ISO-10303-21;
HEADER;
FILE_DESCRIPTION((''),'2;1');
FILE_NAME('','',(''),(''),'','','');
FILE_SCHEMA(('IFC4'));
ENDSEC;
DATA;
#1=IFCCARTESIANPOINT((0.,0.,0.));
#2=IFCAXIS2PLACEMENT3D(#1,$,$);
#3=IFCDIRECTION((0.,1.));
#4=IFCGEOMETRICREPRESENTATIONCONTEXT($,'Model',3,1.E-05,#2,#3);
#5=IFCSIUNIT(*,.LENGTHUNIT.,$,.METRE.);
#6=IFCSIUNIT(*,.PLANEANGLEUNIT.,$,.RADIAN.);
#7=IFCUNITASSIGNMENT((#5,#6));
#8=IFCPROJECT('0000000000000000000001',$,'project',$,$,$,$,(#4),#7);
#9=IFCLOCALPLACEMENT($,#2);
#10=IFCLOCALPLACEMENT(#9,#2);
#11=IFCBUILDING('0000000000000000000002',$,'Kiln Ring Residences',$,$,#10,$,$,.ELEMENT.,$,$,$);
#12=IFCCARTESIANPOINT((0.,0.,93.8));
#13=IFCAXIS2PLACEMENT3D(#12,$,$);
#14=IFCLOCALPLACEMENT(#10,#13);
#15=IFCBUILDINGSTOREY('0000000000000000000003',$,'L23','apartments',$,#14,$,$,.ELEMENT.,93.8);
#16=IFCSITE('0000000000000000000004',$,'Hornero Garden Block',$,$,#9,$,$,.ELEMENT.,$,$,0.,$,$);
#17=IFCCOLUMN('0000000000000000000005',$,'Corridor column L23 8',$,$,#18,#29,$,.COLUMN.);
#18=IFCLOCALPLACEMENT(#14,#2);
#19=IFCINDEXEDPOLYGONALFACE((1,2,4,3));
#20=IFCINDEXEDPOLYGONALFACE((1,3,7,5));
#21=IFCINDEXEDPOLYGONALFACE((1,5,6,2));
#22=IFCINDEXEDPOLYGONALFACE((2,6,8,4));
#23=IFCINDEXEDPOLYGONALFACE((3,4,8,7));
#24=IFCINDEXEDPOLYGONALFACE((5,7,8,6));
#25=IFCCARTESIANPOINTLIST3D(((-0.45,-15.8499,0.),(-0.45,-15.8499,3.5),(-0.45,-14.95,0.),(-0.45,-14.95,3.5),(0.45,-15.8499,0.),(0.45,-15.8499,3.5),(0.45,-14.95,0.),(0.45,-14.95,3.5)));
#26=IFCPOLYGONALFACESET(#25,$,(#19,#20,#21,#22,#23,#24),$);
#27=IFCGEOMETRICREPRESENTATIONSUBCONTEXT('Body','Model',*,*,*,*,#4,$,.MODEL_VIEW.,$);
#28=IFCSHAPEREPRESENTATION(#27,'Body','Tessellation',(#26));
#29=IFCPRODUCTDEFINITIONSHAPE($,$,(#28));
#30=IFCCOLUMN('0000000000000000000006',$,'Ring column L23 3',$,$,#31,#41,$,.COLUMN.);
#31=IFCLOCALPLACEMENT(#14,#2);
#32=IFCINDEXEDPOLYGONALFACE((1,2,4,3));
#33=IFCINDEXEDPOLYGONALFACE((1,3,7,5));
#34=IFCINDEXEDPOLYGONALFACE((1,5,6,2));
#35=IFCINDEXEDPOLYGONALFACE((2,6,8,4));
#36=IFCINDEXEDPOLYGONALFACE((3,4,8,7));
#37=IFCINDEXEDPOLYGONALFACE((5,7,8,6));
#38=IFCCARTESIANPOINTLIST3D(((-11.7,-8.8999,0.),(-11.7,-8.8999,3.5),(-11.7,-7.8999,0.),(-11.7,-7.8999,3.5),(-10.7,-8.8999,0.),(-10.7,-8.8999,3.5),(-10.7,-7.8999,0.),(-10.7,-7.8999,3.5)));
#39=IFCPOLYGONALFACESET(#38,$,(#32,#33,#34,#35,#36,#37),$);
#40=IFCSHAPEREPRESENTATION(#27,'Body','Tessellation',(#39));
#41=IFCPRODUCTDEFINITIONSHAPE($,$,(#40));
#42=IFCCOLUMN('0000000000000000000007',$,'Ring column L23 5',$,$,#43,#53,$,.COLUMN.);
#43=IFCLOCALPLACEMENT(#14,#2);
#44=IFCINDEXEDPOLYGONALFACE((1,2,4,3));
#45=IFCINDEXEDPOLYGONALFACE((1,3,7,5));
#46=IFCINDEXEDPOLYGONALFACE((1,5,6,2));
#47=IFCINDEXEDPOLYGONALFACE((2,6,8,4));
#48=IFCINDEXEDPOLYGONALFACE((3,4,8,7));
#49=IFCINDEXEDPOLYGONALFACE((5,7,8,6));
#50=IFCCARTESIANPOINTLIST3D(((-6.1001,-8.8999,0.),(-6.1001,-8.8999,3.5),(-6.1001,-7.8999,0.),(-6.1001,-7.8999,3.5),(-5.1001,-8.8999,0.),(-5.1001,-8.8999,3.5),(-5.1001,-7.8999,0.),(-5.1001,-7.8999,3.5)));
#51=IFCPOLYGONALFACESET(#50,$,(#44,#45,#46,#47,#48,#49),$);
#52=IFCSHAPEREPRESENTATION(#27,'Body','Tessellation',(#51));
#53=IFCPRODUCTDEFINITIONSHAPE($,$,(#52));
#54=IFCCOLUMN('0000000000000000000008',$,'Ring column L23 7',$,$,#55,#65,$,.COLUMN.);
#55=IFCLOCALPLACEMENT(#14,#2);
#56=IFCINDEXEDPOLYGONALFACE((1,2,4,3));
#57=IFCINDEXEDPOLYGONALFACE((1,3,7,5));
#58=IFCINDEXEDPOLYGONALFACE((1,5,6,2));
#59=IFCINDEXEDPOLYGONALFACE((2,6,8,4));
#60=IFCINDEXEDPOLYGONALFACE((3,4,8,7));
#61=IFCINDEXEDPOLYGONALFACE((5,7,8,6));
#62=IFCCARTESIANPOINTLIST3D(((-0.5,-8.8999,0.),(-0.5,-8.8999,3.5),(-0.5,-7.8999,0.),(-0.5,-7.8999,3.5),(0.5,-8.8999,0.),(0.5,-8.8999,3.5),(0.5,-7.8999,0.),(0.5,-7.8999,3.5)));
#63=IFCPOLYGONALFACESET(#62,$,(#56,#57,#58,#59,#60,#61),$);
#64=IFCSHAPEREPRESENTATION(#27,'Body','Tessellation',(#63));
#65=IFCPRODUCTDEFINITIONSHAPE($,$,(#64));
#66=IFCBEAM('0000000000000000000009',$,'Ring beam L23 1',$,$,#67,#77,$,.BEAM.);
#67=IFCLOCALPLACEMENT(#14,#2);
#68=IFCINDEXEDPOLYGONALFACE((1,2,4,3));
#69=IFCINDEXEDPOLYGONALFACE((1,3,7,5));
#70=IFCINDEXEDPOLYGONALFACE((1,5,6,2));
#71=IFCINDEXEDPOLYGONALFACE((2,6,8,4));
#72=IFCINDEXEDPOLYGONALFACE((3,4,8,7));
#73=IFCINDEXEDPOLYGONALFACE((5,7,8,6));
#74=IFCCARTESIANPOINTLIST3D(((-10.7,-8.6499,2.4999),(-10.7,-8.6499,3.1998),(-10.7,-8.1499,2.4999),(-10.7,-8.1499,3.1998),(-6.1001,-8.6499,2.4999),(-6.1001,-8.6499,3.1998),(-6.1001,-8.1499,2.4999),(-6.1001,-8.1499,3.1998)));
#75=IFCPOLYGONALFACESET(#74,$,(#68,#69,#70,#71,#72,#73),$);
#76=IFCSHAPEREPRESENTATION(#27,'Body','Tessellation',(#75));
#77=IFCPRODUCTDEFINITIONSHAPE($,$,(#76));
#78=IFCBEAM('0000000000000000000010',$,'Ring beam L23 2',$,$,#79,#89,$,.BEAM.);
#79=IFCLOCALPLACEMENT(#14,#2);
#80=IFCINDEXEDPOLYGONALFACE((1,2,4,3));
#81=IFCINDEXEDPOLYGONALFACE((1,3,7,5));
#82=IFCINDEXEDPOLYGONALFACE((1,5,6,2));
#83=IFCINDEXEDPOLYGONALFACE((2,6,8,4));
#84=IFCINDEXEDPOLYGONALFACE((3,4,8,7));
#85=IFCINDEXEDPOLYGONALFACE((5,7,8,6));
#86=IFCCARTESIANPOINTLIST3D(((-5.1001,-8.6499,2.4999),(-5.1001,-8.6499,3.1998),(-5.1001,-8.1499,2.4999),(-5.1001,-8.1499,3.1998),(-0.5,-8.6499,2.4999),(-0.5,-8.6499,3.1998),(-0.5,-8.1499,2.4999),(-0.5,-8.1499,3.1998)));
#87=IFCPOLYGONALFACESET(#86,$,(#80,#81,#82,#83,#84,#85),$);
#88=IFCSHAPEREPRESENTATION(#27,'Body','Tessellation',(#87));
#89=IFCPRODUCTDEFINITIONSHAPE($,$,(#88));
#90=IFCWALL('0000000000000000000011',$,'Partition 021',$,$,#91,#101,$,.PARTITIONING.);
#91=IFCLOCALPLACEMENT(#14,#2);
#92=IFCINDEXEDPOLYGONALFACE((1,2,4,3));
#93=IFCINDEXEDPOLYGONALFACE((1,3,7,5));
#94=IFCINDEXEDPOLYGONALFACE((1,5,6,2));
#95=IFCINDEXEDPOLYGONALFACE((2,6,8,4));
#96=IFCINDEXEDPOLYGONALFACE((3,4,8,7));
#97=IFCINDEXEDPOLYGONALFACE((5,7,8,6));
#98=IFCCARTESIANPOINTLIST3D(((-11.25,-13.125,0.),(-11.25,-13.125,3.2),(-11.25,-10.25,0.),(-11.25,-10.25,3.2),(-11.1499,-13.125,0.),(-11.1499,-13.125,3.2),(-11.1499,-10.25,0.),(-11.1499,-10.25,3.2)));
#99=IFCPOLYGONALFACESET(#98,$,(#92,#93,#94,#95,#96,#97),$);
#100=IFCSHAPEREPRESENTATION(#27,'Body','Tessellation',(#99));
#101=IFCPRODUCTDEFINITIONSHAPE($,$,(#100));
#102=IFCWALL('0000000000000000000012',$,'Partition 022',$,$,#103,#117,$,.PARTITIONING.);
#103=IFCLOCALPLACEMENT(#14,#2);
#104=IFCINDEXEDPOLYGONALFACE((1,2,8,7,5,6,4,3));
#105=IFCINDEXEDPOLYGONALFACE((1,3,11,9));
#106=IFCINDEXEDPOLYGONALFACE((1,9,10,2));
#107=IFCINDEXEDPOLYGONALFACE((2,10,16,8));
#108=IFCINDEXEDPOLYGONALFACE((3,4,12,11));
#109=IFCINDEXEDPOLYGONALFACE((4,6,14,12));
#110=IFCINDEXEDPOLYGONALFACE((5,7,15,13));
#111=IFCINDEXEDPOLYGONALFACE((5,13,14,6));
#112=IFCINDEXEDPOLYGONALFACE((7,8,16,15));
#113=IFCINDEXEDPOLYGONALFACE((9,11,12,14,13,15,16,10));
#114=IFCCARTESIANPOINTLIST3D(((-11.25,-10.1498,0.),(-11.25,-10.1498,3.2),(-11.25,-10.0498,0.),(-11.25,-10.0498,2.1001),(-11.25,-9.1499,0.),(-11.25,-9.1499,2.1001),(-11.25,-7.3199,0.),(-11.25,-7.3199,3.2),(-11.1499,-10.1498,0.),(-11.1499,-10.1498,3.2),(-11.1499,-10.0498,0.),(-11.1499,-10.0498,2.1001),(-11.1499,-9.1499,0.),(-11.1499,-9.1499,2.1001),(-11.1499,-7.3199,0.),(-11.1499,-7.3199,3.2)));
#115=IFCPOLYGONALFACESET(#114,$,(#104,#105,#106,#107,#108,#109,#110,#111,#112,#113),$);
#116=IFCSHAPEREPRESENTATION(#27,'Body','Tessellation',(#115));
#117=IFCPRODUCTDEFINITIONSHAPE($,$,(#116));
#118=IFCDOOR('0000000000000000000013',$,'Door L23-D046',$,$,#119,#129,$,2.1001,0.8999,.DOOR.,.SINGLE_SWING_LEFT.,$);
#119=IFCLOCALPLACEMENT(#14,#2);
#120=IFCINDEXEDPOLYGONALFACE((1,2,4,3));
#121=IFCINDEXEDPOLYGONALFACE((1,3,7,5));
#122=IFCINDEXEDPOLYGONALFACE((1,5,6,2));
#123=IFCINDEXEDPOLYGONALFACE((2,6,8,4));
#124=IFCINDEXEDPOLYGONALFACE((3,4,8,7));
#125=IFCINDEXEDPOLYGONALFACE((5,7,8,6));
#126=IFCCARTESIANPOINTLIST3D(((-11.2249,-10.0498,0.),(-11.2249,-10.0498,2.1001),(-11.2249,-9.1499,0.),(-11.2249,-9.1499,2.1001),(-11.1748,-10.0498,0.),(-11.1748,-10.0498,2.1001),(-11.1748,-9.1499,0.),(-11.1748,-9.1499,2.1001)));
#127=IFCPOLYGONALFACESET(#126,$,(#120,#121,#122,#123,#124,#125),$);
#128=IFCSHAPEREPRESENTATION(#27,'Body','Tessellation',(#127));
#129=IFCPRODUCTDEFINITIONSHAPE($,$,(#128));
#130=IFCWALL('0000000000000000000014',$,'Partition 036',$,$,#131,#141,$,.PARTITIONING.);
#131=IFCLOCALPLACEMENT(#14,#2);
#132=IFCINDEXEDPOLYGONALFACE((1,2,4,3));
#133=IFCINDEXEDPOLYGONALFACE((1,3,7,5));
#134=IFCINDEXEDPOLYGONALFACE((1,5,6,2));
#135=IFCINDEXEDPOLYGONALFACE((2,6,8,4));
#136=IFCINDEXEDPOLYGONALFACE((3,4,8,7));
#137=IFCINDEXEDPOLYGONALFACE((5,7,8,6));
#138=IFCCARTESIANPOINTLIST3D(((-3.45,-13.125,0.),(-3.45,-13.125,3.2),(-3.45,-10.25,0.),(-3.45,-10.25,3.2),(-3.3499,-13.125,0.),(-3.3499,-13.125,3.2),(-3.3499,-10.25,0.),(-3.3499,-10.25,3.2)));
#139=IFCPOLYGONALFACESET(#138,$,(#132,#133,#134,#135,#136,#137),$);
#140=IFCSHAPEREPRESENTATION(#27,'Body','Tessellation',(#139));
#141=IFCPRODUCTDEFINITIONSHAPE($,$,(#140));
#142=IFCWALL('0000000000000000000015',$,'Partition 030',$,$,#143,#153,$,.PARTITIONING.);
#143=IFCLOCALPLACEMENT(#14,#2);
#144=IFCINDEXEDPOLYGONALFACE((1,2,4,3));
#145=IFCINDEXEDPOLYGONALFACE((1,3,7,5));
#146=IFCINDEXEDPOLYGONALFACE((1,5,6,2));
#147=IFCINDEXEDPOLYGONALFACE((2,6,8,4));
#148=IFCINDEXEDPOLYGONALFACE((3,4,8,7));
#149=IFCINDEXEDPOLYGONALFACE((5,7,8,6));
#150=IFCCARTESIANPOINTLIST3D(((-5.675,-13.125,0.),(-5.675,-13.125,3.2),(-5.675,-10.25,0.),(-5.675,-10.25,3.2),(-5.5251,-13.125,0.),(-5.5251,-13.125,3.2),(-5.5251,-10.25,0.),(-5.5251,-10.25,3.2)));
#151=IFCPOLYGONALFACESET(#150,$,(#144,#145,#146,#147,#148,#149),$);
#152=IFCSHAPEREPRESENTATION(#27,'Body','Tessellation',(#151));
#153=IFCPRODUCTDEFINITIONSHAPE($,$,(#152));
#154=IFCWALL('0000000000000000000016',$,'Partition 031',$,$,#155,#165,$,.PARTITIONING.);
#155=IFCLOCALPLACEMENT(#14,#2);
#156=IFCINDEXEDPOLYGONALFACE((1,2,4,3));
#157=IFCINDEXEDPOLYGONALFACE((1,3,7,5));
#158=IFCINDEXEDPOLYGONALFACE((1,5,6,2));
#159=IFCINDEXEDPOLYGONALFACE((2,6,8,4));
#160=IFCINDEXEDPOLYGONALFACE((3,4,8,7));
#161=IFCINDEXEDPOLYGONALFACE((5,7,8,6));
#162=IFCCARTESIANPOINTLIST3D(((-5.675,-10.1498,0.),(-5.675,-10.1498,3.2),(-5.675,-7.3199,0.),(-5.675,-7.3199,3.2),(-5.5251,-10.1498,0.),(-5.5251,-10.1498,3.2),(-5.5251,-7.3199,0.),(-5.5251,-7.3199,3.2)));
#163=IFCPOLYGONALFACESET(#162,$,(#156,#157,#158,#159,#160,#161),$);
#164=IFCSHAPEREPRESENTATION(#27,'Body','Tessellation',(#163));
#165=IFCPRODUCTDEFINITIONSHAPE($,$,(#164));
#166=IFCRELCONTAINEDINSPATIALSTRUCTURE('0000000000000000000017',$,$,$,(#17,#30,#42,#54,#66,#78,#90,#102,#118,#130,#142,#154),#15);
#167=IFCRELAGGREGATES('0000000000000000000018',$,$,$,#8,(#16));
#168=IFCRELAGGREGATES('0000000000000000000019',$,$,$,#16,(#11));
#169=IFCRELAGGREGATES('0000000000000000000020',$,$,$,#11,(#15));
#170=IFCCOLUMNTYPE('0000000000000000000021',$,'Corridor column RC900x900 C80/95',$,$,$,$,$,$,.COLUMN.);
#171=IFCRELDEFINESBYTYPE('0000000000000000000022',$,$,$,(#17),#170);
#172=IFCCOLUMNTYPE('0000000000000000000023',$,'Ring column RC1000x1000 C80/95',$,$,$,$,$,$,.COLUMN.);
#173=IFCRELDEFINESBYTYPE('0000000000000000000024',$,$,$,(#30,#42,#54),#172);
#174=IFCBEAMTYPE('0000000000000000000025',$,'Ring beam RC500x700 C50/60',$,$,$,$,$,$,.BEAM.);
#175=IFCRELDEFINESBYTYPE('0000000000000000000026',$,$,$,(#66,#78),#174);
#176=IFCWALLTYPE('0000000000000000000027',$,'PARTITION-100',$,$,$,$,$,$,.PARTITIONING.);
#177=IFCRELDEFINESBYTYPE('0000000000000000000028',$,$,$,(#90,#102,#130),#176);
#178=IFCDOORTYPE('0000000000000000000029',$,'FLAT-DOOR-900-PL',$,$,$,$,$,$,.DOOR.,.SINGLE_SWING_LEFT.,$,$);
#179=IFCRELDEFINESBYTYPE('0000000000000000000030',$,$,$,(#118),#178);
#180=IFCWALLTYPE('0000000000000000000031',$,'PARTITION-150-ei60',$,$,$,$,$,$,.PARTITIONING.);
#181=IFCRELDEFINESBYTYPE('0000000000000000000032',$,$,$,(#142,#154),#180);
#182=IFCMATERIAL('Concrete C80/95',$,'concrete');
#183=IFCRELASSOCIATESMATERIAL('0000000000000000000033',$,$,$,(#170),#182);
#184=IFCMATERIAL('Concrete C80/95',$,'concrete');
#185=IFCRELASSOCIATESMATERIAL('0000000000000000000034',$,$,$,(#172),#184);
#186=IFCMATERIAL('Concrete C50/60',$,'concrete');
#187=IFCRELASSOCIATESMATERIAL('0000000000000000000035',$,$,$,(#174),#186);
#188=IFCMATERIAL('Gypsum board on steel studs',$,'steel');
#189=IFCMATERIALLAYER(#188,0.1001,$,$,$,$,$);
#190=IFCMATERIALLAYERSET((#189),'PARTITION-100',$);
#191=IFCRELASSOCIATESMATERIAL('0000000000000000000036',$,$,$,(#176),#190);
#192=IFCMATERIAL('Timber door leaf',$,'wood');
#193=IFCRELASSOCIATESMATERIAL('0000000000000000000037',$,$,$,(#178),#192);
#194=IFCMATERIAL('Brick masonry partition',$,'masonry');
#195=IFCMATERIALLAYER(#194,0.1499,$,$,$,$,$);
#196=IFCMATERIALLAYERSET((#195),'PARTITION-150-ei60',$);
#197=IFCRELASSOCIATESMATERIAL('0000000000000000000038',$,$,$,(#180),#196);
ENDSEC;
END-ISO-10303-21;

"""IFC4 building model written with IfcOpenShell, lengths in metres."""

from ifc_helpers import new_model, si_unit, direction, frame, frame_2d, origin, origin_2d, place, context, subcontext, project, spatial, rectangle, extrude, material, layer, layer_set, material_profile, profile_set, type_object, element, fill, save


model = new_model("IFC4")

# Units and contexts
model_context = context("Model", 3, precision=1e-05, world=origin(), true_north=direction((0.0, 1.0)))
body_context = subcontext(model_context, "Body", "Model", "MODEL_VIEW")
ifc_project = project(units=[si_unit("LENGTHUNIT", "METRE"), si_unit("PLANEANGLEUNIT", "RADIAN")], contexts=[model_context])

# Site, building, storey
site_placement = place(None, origin())
site = spatial("IfcSite", under=ifc_project, at=site_placement, Name="Hornero Garden Block", CompositionType="ELEMENT", RefElevation=0.0)
building_placement = place(site_placement, origin())
building = spatial("IfcBuilding", under=site, at=building_placement, Name="Kiln Ring Residences", CompositionType="ELEMENT")
storey_placement = place(building_placement, frame((0.0, 0.0, 93.8)))
storey = spatial("IfcBuildingStorey", under=building, at=storey_placement, Name="L23", Description="apartments", CompositionType="ELEMENT", Elevation=93.8)

# Columns
ifc_material_1 = material(Name="Concrete C80/95", Category="concrete")
ifc_material_profile_1 = material_profile(ifc_material_1, rectangle(XDim=0.8999, YDim=0.8999, at=origin_2d()), Name="RC900x900")
ifc_profile_set_1 = profile_set([ifc_material_profile_1], Name="Concrete C80/95")
column_type_1 = type_object("IfcColumnType", Name="Corridor column RC900x900 C80/95", PredefinedType="COLUMN", material=ifc_profile_set_1)
column_placement = place(storey_placement, frame((0.0, -15.3999, 0.0), z_axis=(0.0, 0.0, 1.0), x_axis=(1.0, 0.0, 0.0)))
element("IfcColumn", 1, at=column_placement, inside=storey, type_object=column_type_1, Name="Corridor column L23 8", PredefinedType="COLUMN", context=body_context, shape_type="SweptSolid", body=[
    extrude(rectangle(XDim=0.8999, YDim=0.8999, at=origin_2d()), origin(), (0.0, 0.0, 1.0), 3.5),
])
ifc_material_2 = material(Name="Concrete C80/95", Category="concrete")
ifc_material_profile_2 = material_profile(ifc_material_2, rectangle(XDim=1.0, YDim=1.0, at=origin_2d()), Name="RC1000x1000")
ifc_profile_set_2 = profile_set([ifc_material_profile_2], Name="Concrete C80/95")
column_type_2 = type_object("IfcColumnType", Name="Ring column RC1000x1000 C80/95", PredefinedType="COLUMN", material=ifc_profile_set_2)
for number, where, z_axis, x_axis, name in (
    (2, (-11.2, -8.3999, 0.0), (0.0, 0.0, 1.0), (1.0, 0.0, 0.0), "Ring column L23 3"),
    (3, (-5.6001, -8.3999, 0.0), (0.0, 0.0, 1.0), (1.0, 0.0, 0.0), "Ring column L23 5"),
    (4, (0.0, -8.3999, 0.0), (0.0, 0.0, 1.0), (1.0, 0.0, 0.0), "Ring column L23 7"),
):
    element("IfcColumn", number, at=place(storey_placement, frame(where, z_axis=z_axis, x_axis=x_axis)), inside=storey, type_object=column_type_2, Name=name, PredefinedType="COLUMN", context=body_context, shape_type="SweptSolid", body=[
        extrude(rectangle(XDim=1.0, YDim=1.0, at=origin_2d()), origin(), (0.0, 0.0, 1.0), 3.5),
    ])

# Beams
ifc_material_3 = material(Name="Concrete C50/60", Category="concrete")
ifc_material_profile_3 = material_profile(ifc_material_3, rectangle(XDim=0.5, YDim=0.7, at=origin_2d()), Name="RC500x700")
ifc_profile_set_3 = profile_set([ifc_material_profile_3], Name="Concrete C50/60")
beam_type = type_object("IfcBeamType", Name="Ring beam RC500x700 C50/60", PredefinedType="BEAM", material=ifc_profile_set_3)
beam_1_placement = place(storey_placement, frame((-10.7, -8.3999, 2.8499), z_axis=(1.0, 0.0, 0.0), x_axis=(0.0, 1.0, 0.0)))
element("IfcBeam", 5, at=beam_1_placement, inside=storey, type_object=beam_type, Name="Ring beam L23 1", PredefinedType="BEAM", context=body_context, shape_type="SweptSolid", body=[
    extrude(rectangle(XDim=0.5, YDim=0.7, at=origin_2d()), origin(), (0.0, 0.0, 1.0), 4.5999),
])
beam_2_placement = place(storey_placement, frame((-5.1001, -8.3999, 2.8499), z_axis=(1.0, 0.0, 0.0), x_axis=(0.0, 1.0, 0.0)))
element("IfcBeam", 6, at=beam_2_placement, inside=storey, type_object=beam_type, Name="Ring beam L23 2", PredefinedType="BEAM", context=body_context, shape_type="SweptSolid", body=[
    extrude(rectangle(XDim=0.5, YDim=0.7, at=origin_2d()), origin(), (0.0, 0.0, 1.0), 4.6001),
])

# Wall
ifc_material_4 = material(Name="Gypsum board on steel studs", Category="steel")
ifc_layer_1 = layer(ifc_material_4, 0.1001)
ifc_layer_set_1 = layer_set([ifc_layer_1], Name="PARTITION-100")
wall_type_1 = type_object("IfcWallType", Name="PARTITION-100", PredefinedType="PARTITIONING", material=ifc_layer_set_1)
wall_1_placement = place(storey_placement, frame((-11.2, -13.125, 0.0), z_axis=(0.0, 0.0, 1.0), x_axis=(0.0, 1.0, 0.0)))
element("IfcWall", 7, at=wall_1_placement, inside=storey, type_object=wall_type_1, Name="Partition 021", PredefinedType="PARTITIONING", context=body_context, shape_type="SweptSolid", body=[
    extrude(rectangle(XDim=2.875, YDim=0.1001, at=frame_2d((1.4375, 0.0))), origin(), (0.0, 0.0, 1.0), 3.2),
])

# Wall, opening, door
wall_2_placement = place(storey_placement, frame((-11.2, -10.1499, 0.0), z_axis=(0.0, 0.0, 1.0), x_axis=(0.0, 1.0, 0.0)))
wall_2 = element("IfcWall", 8, at=wall_2_placement, inside=storey, type_object=wall_type_1, Name="Partition 022", PredefinedType="PARTITIONING", context=body_context, shape_type="SweptSolid", body=[
    extrude(rectangle(XDim=2.8298, YDim=0.1001, at=frame_2d((1.415, 0.0))), origin(), (0.0, 0.0, 1.0), 3.2),
])
opening_placement = place(wall_2_placement, frame((0.1001, 0.0, 0.0)))
opening = element("IfcOpeningElement", 9, at=opening_placement, cuts=wall_2, PredefinedType="OPENING", context=body_context, shape_type="SweptSolid", body=[
    extrude(rectangle(XDim=0.8999, YDim=2.1001, at=frame_2d((0.45, 1.05))), frame((0.0, 0.0601, 0.0), z_axis=(0.0, -1.0, 0.0), x_axis=(1.0, 0.0, 0.0)), (0.0, 0.0, 1.0), 0.1201),
])
ifc_material_5 = material(Name="Timber door leaf", Category="wood")
door_type = type_object("IfcDoorType", Name="FLAT-DOOR-900-PL", OperationType="SINGLE_SWING_LEFT", PredefinedType="DOOR", material=ifc_material_5)
door_placement = place(opening_placement, origin())
door = element("IfcDoor", 10, at=door_placement, inside=storey, type_object=door_type, Name="Door L23-D046", OperationType="SINGLE_SWING_LEFT", OverallHeight=2.1001, OverallWidth=0.8999, PredefinedType="DOOR", context=body_context, shape_type="SweptSolid", body=[
    extrude(rectangle(XDim=0.8999, YDim=2.1001, at=frame_2d((0.45, 1.05))), frame((0.0, 0.0249, 0.0), z_axis=(0.0, -1.0, 0.0), x_axis=(1.0, 0.0, 0.0)), (0.0, 0.0, 1.0), 0.05),
])
fill(opening, door)

# Walls
wall_3_placement = place(storey_placement, frame((-3.3999, -13.125, 0.0), z_axis=(0.0, 0.0, 1.0), x_axis=(0.0, 1.0, 0.0)))
element("IfcWall", 11, at=wall_3_placement, inside=storey, type_object=wall_type_1, Name="Partition 036", PredefinedType="PARTITIONING", context=body_context, shape_type="SweptSolid", body=[
    extrude(rectangle(XDim=2.875, YDim=0.1001, at=frame_2d((1.4375, 0.0))), origin(), (0.0, 0.0, 1.0), 3.2),
])
ifc_material_6 = material(Name="Brick masonry partition", Category="masonry")
ifc_layer_2 = layer(ifc_material_6, 0.1499)
ifc_layer_set_2 = layer_set([ifc_layer_2], Name="PARTITION-150-ei60")
wall_type_2 = type_object("IfcWallType", Name="PARTITION-150-ei60", PredefinedType="PARTITIONING", material=ifc_layer_set_2)
wall_4_placement = place(storey_placement, frame((-5.6001, -13.125, 0.0), z_axis=(0.0, 0.0, 1.0), x_axis=(0.0, 1.0, 0.0)))
element("IfcWall", 12, at=wall_4_placement, inside=storey, type_object=wall_type_2, Name="Partition 030", PredefinedType="PARTITIONING", context=body_context, shape_type="SweptSolid", body=[
    extrude(rectangle(XDim=2.875, YDim=0.1499, at=frame_2d((1.4375, 0.0))), origin(), (0.0, 0.0, 1.0), 3.2),
])
wall_5_placement = place(storey_placement, frame((-5.6001, -10.1499, 0.0), z_axis=(0.0, 0.0, 1.0), x_axis=(0.0, 1.0, 0.0)))
element("IfcWall", 13, at=wall_5_placement, inside=storey, type_object=wall_type_2, Name="Partition 031", PredefinedType="PARTITIONING", context=body_context, shape_type="SweptSolid", body=[
    extrude(rectangle(XDim=2.8298, YDim=0.1499, at=frame_2d((1.415, 0.0))), origin(), (0.0, 0.0, 1.0), 3.2),
])

save(model, "model.ifc")
